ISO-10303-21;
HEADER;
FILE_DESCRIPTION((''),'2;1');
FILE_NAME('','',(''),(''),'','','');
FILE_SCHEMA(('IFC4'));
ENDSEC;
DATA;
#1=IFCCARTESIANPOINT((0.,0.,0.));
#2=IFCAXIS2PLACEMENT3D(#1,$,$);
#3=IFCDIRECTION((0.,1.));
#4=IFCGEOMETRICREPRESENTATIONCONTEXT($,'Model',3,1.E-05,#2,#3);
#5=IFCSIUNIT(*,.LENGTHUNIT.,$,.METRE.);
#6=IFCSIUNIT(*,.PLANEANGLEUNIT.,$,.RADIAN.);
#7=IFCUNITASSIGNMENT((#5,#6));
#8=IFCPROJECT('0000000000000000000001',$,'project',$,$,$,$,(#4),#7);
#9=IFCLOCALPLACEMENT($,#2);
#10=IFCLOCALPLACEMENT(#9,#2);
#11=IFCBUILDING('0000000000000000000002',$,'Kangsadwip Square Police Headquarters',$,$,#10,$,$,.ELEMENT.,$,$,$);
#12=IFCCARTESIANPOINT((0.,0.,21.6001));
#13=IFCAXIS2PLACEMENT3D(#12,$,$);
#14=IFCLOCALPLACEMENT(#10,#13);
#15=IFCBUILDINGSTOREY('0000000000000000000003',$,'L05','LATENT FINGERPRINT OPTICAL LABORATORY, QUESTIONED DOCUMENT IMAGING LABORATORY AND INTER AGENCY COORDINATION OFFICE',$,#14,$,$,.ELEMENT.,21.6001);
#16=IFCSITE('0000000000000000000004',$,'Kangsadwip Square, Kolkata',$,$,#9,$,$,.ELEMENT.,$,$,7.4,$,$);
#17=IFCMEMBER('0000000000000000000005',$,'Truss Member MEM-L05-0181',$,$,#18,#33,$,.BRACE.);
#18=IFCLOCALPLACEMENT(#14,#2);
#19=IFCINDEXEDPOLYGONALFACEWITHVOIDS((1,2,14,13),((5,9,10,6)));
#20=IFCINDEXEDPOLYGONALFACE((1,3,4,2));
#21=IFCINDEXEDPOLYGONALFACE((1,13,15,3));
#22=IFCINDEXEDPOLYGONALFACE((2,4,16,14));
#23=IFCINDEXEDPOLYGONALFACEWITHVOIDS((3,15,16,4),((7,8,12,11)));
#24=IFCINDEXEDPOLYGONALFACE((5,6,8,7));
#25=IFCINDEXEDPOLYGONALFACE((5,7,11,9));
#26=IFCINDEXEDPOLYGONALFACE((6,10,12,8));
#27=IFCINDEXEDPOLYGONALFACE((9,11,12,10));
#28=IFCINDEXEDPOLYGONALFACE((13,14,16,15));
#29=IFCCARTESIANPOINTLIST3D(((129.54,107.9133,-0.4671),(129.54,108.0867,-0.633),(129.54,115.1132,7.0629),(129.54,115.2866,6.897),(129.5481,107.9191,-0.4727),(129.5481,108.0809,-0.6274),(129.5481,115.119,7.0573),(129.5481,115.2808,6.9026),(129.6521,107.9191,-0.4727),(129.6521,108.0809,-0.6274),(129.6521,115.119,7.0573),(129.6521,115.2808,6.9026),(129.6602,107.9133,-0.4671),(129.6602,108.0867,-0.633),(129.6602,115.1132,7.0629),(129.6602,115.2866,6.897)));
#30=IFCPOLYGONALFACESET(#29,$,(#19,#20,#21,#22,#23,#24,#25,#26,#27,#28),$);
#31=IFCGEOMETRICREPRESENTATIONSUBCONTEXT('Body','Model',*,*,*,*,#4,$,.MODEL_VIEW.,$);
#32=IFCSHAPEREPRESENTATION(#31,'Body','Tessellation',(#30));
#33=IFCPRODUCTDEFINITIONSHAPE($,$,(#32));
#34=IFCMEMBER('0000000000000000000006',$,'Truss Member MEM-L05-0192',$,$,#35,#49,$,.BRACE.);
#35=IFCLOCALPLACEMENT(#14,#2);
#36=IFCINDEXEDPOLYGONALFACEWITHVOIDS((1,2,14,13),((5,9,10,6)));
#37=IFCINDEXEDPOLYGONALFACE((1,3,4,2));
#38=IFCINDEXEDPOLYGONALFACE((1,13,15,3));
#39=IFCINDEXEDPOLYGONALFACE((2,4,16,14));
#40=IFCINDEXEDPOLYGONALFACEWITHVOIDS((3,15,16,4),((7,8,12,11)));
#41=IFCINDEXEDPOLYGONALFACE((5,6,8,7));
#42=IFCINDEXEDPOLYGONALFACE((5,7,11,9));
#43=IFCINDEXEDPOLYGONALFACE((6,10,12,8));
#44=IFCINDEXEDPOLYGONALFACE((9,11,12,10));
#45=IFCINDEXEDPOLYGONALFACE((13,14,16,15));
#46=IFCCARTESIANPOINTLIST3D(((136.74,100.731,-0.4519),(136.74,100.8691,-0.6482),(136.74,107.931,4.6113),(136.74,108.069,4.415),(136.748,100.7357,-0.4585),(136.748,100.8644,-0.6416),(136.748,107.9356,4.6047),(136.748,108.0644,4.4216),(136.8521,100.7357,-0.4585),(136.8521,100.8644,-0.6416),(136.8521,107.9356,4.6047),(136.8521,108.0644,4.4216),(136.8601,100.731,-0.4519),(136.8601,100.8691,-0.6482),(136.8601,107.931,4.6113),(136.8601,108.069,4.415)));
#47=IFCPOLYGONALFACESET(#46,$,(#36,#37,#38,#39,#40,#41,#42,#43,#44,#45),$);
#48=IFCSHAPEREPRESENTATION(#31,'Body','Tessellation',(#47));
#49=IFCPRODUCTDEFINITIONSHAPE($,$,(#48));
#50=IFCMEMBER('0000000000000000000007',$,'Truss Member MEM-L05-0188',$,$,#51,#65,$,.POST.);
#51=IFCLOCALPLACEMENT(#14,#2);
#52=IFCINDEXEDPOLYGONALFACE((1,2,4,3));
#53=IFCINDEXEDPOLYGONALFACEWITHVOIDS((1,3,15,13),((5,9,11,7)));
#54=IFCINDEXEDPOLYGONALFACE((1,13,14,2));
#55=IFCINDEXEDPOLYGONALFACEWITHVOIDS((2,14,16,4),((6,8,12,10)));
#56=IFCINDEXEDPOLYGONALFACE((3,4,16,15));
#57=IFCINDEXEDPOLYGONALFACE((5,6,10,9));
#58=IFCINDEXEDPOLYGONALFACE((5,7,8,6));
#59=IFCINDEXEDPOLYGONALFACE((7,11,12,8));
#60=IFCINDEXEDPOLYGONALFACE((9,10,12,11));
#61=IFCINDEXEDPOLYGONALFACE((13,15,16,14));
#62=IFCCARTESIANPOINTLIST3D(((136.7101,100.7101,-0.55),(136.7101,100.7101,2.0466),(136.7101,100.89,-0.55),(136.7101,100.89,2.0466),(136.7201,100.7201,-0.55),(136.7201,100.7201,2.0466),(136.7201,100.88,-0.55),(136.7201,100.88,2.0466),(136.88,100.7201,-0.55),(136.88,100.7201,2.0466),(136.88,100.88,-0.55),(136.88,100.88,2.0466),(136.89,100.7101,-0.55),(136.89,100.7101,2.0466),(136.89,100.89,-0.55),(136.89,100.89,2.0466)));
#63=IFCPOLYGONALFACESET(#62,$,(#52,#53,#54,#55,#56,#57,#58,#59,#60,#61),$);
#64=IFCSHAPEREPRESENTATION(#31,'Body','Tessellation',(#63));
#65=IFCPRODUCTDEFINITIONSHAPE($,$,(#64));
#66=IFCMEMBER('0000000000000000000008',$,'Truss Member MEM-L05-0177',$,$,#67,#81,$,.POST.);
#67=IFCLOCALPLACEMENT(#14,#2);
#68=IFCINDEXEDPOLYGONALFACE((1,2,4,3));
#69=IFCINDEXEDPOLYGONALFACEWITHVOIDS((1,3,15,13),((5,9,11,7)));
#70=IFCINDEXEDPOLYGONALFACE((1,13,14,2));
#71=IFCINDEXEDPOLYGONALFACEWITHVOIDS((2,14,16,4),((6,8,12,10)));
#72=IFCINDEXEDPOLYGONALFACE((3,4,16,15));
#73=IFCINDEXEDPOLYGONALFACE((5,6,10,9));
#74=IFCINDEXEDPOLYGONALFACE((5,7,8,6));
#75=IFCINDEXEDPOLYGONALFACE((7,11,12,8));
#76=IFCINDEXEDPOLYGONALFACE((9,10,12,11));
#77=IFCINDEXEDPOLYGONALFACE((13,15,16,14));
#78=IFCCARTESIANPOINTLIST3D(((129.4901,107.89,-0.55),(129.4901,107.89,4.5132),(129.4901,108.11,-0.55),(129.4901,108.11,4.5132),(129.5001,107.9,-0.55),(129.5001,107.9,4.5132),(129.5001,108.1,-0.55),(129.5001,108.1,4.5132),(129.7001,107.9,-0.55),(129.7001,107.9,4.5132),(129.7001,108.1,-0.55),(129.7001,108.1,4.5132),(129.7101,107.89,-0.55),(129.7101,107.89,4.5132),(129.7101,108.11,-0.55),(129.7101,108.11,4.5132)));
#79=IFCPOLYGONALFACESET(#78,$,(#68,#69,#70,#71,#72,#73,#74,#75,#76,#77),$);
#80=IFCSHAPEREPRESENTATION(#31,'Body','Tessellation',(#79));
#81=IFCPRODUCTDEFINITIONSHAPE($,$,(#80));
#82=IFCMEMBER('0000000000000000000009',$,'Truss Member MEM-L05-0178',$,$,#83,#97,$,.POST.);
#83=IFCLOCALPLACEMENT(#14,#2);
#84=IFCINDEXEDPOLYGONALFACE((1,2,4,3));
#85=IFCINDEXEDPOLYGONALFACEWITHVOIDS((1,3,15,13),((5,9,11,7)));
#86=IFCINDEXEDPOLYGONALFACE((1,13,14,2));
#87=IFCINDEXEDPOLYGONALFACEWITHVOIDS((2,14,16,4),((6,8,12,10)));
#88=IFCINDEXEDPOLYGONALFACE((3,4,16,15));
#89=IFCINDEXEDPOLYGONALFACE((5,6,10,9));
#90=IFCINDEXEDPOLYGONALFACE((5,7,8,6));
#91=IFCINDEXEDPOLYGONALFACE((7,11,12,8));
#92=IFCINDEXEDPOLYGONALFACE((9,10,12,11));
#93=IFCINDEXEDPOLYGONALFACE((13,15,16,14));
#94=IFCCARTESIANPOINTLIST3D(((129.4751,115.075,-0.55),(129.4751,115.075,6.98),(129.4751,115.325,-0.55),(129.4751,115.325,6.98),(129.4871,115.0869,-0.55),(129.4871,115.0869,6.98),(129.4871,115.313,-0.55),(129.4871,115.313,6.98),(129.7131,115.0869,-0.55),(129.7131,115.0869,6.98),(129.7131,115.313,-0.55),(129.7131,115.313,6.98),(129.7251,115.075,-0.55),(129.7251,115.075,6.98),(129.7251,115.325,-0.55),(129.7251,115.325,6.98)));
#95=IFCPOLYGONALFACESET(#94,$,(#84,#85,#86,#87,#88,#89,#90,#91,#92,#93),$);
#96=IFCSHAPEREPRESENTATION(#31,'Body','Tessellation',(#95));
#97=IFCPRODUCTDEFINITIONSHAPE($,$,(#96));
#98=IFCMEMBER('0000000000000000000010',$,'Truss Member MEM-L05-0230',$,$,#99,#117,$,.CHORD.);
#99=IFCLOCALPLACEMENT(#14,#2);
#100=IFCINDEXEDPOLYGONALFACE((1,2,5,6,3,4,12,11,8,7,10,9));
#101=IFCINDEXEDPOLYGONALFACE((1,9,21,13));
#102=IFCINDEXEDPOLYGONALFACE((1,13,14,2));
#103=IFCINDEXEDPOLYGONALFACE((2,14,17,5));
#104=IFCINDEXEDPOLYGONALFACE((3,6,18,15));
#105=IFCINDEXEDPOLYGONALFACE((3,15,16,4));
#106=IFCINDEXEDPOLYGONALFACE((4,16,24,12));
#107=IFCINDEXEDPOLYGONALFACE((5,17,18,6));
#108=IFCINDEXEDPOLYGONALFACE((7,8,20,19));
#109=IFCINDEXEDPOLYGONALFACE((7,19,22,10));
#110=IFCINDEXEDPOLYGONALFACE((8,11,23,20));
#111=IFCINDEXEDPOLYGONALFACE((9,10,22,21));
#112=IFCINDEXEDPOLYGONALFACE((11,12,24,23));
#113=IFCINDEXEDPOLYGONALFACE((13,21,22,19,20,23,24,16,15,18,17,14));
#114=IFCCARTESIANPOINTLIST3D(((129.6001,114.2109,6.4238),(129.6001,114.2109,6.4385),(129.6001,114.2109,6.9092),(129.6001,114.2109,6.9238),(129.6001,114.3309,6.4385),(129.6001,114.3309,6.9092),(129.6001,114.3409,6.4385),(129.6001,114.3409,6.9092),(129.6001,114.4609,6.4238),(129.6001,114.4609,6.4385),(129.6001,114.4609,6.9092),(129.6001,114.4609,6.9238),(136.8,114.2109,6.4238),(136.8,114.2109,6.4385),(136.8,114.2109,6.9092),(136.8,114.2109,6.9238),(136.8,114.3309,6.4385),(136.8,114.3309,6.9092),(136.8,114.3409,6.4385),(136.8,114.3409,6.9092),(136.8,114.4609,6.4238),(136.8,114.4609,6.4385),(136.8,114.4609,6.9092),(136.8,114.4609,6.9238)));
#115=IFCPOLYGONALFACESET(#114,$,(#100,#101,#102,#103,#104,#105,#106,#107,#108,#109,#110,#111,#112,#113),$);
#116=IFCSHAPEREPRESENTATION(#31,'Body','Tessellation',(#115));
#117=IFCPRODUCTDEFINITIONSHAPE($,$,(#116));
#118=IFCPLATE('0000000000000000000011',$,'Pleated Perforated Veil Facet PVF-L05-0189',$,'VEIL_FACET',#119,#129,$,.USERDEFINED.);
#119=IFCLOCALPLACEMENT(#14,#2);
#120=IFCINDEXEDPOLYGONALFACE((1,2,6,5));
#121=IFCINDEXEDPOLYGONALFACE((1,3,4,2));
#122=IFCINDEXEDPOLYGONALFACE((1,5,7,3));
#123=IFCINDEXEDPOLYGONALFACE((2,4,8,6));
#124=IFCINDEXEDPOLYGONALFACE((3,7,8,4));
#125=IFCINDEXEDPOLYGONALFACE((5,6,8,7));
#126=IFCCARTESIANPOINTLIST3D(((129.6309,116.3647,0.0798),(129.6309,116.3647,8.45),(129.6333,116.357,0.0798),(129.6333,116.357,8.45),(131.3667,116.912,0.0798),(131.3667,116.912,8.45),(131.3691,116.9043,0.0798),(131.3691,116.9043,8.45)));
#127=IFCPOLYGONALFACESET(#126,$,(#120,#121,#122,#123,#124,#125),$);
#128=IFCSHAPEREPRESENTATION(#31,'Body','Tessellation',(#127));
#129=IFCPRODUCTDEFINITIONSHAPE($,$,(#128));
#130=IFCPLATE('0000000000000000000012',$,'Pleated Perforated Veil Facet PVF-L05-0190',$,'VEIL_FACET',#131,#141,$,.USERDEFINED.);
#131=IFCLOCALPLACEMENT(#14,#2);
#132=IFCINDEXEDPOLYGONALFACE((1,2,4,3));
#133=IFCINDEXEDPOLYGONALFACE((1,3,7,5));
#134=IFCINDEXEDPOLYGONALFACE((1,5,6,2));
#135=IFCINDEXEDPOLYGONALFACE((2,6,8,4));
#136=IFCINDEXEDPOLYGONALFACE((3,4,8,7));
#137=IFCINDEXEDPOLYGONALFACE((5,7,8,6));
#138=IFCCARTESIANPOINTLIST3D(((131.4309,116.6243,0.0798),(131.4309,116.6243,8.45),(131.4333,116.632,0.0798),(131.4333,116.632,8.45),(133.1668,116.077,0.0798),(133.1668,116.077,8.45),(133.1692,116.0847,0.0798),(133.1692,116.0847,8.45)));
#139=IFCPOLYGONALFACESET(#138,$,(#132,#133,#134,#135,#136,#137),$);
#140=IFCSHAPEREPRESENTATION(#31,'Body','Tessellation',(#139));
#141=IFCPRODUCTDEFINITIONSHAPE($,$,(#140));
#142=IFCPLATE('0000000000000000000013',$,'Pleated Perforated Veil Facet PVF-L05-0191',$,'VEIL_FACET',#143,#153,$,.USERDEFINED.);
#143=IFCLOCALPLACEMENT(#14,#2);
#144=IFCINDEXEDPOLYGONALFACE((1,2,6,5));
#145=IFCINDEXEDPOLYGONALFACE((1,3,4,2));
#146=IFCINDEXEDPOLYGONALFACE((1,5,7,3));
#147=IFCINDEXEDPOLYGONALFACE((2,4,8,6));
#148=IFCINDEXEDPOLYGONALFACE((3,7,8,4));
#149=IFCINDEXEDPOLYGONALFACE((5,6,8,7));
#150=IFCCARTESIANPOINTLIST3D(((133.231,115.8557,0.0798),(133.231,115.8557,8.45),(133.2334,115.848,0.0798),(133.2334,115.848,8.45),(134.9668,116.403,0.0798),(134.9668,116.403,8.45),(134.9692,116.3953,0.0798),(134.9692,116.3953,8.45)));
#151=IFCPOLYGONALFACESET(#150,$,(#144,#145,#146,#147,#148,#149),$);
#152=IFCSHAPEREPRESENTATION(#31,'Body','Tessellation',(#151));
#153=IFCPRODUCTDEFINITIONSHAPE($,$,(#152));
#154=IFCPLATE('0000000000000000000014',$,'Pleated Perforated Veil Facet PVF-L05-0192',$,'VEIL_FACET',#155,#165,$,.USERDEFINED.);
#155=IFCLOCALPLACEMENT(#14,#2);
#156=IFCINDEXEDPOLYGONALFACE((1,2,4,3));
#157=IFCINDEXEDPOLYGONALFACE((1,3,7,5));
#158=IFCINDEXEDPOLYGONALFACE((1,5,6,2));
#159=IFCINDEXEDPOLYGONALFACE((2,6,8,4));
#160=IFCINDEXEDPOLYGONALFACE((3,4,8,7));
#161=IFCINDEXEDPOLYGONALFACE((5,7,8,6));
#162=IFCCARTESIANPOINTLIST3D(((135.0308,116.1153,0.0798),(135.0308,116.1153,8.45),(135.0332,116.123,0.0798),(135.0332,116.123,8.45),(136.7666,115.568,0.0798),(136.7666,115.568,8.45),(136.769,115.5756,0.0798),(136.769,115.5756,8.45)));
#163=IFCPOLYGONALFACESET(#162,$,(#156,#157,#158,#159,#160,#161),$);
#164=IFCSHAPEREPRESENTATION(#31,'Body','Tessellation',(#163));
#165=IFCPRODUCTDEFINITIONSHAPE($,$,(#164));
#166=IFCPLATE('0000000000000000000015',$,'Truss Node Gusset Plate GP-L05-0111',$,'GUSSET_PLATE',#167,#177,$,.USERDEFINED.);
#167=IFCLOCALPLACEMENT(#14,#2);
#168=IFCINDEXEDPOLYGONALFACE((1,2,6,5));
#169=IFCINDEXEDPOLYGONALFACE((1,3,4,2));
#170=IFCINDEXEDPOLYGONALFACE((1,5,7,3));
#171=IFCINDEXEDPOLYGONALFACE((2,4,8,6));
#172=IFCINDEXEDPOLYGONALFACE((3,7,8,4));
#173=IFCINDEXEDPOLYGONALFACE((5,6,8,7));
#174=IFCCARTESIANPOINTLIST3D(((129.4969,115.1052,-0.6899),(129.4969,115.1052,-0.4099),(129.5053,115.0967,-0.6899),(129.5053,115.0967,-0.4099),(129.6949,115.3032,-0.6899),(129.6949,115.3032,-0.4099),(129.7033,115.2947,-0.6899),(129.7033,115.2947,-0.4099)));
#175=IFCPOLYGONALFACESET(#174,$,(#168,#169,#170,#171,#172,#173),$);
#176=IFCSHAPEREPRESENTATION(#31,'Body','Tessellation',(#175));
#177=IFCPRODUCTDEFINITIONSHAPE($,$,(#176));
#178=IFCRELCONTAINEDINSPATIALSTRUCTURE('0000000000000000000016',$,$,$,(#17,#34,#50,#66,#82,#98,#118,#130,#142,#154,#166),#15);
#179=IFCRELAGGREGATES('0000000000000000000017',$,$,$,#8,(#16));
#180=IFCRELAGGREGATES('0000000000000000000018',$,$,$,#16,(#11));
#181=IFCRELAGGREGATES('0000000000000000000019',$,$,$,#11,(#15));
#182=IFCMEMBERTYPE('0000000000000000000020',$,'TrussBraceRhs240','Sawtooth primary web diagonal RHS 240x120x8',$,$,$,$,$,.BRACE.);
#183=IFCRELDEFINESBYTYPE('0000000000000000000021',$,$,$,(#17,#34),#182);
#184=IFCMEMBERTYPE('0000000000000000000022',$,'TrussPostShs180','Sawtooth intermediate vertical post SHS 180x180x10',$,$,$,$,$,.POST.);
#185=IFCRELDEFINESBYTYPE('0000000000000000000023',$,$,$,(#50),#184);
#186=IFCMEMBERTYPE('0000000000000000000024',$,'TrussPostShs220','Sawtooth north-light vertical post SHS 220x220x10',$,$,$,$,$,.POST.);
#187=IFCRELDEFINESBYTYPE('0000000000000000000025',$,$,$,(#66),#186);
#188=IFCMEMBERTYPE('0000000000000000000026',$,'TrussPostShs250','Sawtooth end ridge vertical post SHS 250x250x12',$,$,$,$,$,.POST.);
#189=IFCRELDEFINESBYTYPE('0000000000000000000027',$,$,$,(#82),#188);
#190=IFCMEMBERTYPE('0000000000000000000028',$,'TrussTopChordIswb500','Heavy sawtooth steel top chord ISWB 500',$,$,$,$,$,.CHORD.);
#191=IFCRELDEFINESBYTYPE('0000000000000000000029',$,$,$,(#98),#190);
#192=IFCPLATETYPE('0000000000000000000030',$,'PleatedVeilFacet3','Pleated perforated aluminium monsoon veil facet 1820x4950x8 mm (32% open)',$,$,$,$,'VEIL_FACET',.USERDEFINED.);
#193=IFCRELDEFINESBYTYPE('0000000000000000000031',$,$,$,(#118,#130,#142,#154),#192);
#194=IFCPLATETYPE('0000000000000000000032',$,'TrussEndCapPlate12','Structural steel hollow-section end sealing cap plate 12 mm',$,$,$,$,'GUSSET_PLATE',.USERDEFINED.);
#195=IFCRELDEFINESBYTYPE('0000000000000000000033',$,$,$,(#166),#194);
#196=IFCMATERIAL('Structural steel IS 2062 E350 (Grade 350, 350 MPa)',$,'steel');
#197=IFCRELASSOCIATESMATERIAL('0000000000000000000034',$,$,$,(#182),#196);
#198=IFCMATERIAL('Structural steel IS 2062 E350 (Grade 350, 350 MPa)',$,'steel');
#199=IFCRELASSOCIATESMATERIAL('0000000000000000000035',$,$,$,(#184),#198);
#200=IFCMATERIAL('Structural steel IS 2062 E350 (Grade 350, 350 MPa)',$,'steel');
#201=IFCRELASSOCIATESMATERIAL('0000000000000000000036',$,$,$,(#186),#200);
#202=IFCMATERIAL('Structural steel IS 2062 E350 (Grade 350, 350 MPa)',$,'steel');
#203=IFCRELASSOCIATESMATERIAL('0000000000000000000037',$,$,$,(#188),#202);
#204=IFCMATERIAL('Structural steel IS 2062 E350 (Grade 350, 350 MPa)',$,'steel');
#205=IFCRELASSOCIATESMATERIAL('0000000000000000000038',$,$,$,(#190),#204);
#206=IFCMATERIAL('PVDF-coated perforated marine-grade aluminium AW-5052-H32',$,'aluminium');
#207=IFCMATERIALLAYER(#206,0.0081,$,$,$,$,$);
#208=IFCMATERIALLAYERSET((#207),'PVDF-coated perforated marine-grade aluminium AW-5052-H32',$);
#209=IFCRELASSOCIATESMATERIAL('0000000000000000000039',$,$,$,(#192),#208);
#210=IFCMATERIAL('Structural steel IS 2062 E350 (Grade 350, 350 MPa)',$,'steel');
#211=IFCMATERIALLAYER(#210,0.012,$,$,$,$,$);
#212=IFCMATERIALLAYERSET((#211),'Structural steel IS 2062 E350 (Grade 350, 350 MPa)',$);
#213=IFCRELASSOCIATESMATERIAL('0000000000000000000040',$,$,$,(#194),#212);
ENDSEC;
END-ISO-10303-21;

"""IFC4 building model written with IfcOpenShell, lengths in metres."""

from ifc_helpers import new_model, si_unit, direction, frame, origin, origin_2d, place, context, subcontext, project, spatial, rectangle, hollow_rectangle, i_section, extrude, material, layer, layer_set, material_profile, profile_set, type_object, element, save


model = new_model("IFC4")

# Units and contexts
model_context = context("Model", 3, precision=1e-05, world=origin(), true_north=direction((0.0, 1.0)))
body_context = subcontext(model_context, "Body", "Model", "MODEL_VIEW")
ifc_project = project(units=[si_unit("LENGTHUNIT", "METRE"), si_unit("PLANEANGLEUNIT", "RADIAN")], contexts=[model_context])

# Site, building, storey
site_placement = place(None, origin())
site = spatial("IfcSite", under=ifc_project, at=site_placement, Name="Kangsadwip Square, Kolkata", CompositionType="ELEMENT", RefElevation=7.4)
building_placement = place(site_placement, origin())
building = spatial("IfcBuilding", under=site, at=building_placement, Name="Kangsadwip Square Police Headquarters", CompositionType="ELEMENT")
storey_placement = place(building_placement, frame((0.0, 0.0, 21.6001)))
storey = spatial("IfcBuildingStorey", under=building, at=storey_placement, Name="L05", Description="LATENT FINGERPRINT OPTICAL LABORATORY, QUESTIONED DOCUMENT IMAGING LABORATORY AND INTER AGENCY COORDINATION OFFICE", CompositionType="ELEMENT", Elevation=21.6001)

# Members
ifc_material_1 = material(Name="Structural steel IS 2062 E350 (Grade 350, 350 MPa)", Category="steel")
ifc_material_profile_1 = material_profile(ifc_material_1, hollow_rectangle(XDim=0.1201, YDim=0.24, WallThickness=0.0081, at=origin_2d()), Name="RHS 240X120X8")
ifc_profile_set_1 = profile_set([ifc_material_profile_1], Name="Structural steel IS 2062 E350 (Grade 350, 350 MPa)")
member_type_1 = type_object("IfcMemberType", Name="TrussBraceRhs240", Description="Sawtooth primary web diagonal RHS 240x120x8", PredefinedType="BRACE", material=ifc_profile_set_1)
member_1_placement = place(storey_placement, frame((129.6001, 108.0, -0.55), z_axis=(0.0, 0.691088, 0.722771), x_axis=(-1.0, 0.0, 0.0)))
element("IfcMember", 1, at=member_1_placement, inside=storey, type_object=member_type_1, Name="Truss Member MEM-L05-0181", PredefinedType="BRACE", context=body_context, shape_type="SweptSolid", body=[
    extrude(hollow_rectangle(XDim=0.1201, YDim=0.24, WallThickness=0.0081, at=origin_2d()), origin(), (0.0, 0.0, 1.0), 10.4182),
])
member_2_placement = place(storey_placement, frame((136.8, 100.8, -0.55), z_axis=(0.0, 0.817988, 0.575235), x_axis=(-1.0, 0.0, 0.0)))
element("IfcMember", 2, at=member_2_placement, inside=storey, type_object=member_type_1, Name="Truss Member MEM-L05-0192", PredefinedType="BRACE", context=body_context, shape_type="SweptSolid", body=[
    extrude(hollow_rectangle(XDim=0.1201, YDim=0.24, WallThickness=0.0081, at=origin_2d()), origin(), (0.0, 0.0, 1.0), 8.802),
])
ifc_material_2 = material(Name="Structural steel IS 2062 E350 (Grade 350, 350 MPa)", Category="steel")
ifc_material_profile_2 = material_profile(ifc_material_2, hollow_rectangle(XDim=0.1799, YDim=0.1799, WallThickness=0.01, at=origin_2d()), Name="SHS 180X180X10")
ifc_profile_set_2 = profile_set([ifc_material_profile_2], Name="Structural steel IS 2062 E350 (Grade 350, 350 MPa)")
member_type_2 = type_object("IfcMemberType", Name="TrussPostShs180", Description="Sawtooth intermediate vertical post SHS 180x180x10", PredefinedType="POST", material=ifc_profile_set_2)
member_3_placement = place(storey_placement, frame((136.8, 100.8, -0.55), z_axis=(0.0, 0.0, 1.0), x_axis=(1.0, 0.0, 0.0)))
element("IfcMember", 3, at=member_3_placement, inside=storey, type_object=member_type_2, Name="Truss Member MEM-L05-0188", PredefinedType="POST", context=body_context, shape_type="SweptSolid", body=[
    extrude(hollow_rectangle(XDim=0.1799, YDim=0.1799, WallThickness=0.01, at=origin_2d()), origin(), (0.0, 0.0, 1.0), 2.5967),
])
ifc_material_3 = material(Name="Structural steel IS 2062 E350 (Grade 350, 350 MPa)", Category="steel")
ifc_material_profile_3 = material_profile(ifc_material_3, hollow_rectangle(XDim=0.22, YDim=0.22, WallThickness=0.01, at=origin_2d()), Name="SHS 220X220X10")
ifc_profile_set_3 = profile_set([ifc_material_profile_3], Name="Structural steel IS 2062 E350 (Grade 350, 350 MPa)")
member_type_3 = type_object("IfcMemberType", Name="TrussPostShs220", Description="Sawtooth north-light vertical post SHS 220x220x10", PredefinedType="POST", material=ifc_profile_set_3)
member_4_placement = place(storey_placement, frame((129.6001, 108.0, -0.55), z_axis=(0.0, 0.0, 1.0), x_axis=(1.0, 0.0, 0.0)))
element("IfcMember", 4, at=member_4_placement, inside=storey, type_object=member_type_3, Name="Truss Member MEM-L05-0177", PredefinedType="POST", context=body_context, shape_type="SweptSolid", body=[
    extrude(hollow_rectangle(XDim=0.22, YDim=0.22, WallThickness=0.01, at=origin_2d()), origin(), (0.0, 0.0, 1.0), 5.0632),
])
ifc_material_4 = material(Name="Structural steel IS 2062 E350 (Grade 350, 350 MPa)", Category="steel")
ifc_material_profile_4 = material_profile(ifc_material_4, hollow_rectangle(XDim=0.25, YDim=0.25, WallThickness=0.012, at=origin_2d()), Name="SHS 250X250X12")
ifc_profile_set_4 = profile_set([ifc_material_profile_4], Name="Structural steel IS 2062 E350 (Grade 350, 350 MPa)")
member_type_4 = type_object("IfcMemberType", Name="TrussPostShs250", Description="Sawtooth end ridge vertical post SHS 250x250x12", PredefinedType="POST", material=ifc_profile_set_4)
member_5_placement = place(storey_placement, frame((129.6001, 115.2, -0.55), z_axis=(0.0, 0.0, 1.0), x_axis=(1.0, 0.0, 0.0)))
element("IfcMember", 5, at=member_5_placement, inside=storey, type_object=member_type_4, Name="Truss Member MEM-L05-0178", PredefinedType="POST", context=body_context, shape_type="SweptSolid", body=[
    extrude(hollow_rectangle(XDim=0.25, YDim=0.25, WallThickness=0.012, at=origin_2d()), origin(), (0.0, 0.0, 1.0), 7.53),
])
ifc_material_5 = material(Name="Structural steel IS 2062 E350 (Grade 350, 350 MPa)", Category="steel")
ifc_material_profile_5 = material_profile(ifc_material_5, i_section(OverallWidth=0.25, OverallDepth=0.5, WebThickness=0.01, FlangeThickness=0.0146, at=origin_2d()), Name="ISWB 500")
ifc_profile_set_5 = profile_set([ifc_material_profile_5], Name="Structural steel IS 2062 E350 (Grade 350, 350 MPa)")
member_type_5 = type_object("IfcMemberType", Name="TrussTopChordIswb500", Description="Heavy sawtooth steel top chord ISWB 500", PredefinedType="CHORD", material=ifc_profile_set_5)
member_6_placement = place(storey_placement, frame((129.6001, 114.3359, 6.6738), z_axis=(1.0, 0.0, 0.0), x_axis=(0.0, 1.0, 0.0)))
element("IfcMember", 6, at=member_6_placement, inside=storey, type_object=member_type_5, Name="Truss Member MEM-L05-0230", PredefinedType="CHORD", context=body_context, shape_type="SweptSolid", body=[
    extrude(i_section(OverallWidth=0.25, OverallDepth=0.5, WebThickness=0.01, FlangeThickness=0.0146, at=origin_2d()), origin(), (0.0, 0.0, 1.0), 7.2),
])

# Plates
ifc_material_6 = material(Name="PVDF-coated perforated marine-grade aluminium AW-5052-H32", Category="aluminium")
ifc_layer_1 = layer(ifc_material_6, 0.0081)
ifc_layer_set_1 = layer_set([ifc_layer_1], Name="PVDF-coated perforated marine-grade aluminium AW-5052-H32")
plate_type_1 = type_object("IfcPlateType", Name="PleatedVeilFacet3", Description="Pleated perforated aluminium monsoon veil facet 1820x4950x8 mm (32% open)", ElementType="VEIL_FACET", PredefinedType="USERDEFINED", material=ifc_layer_set_1)
for number, where, z_axis, x_axis, name in (
    (7, (130.5, 116.6345, 0.0798), (0.0, 0.0, 1.0), (0.953717, 0.300706, 0.0), "Pleated Perforated Veil Facet PVF-L05-0189"),
    (8, (132.3, 116.3545, 0.0798), (0.0, 0.0, 1.0), (0.953717, -0.300706, 0.0), "Pleated Perforated Veil Facet PVF-L05-0190"),
    (9, (134.1001, 116.1255, 0.0798), (0.0, 0.0, 1.0), (0.953717, 0.300706, 0.0), "Pleated Perforated Veil Facet PVF-L05-0191"),
    (10, (135.8999, 115.8455, 0.0798), (0.0, 0.0, 1.0), (0.953717, -0.300706, 0.0), "Pleated Perforated Veil Facet PVF-L05-0192"),
):
    element("IfcPlate", number, at=place(storey_placement, frame(where, z_axis=z_axis, x_axis=x_axis)), inside=storey, type_object=plate_type_1, Name=name, ObjectType="VEIL_FACET", PredefinedType="USERDEFINED", context=body_context, shape_type="SweptSolid", body=[
        extrude(rectangle(XDim=1.8201, YDim=0.0081, at=origin_2d()), origin(), (0.0, 0.0, 1.0), 8.3701),
    ])
ifc_material_7 = material(Name="Structural steel IS 2062 E350 (Grade 350, 350 MPa)", Category="steel")
ifc_layer_2 = layer(ifc_material_7, 0.012)
ifc_layer_set_2 = layer_set([ifc_layer_2], Name="Structural steel IS 2062 E350 (Grade 350, 350 MPa)")
plate_type_2 = type_object("IfcPlateType", Name="TrussEndCapPlate12", Description="Structural steel hollow-section end sealing cap plate 12 mm", ElementType="GUSSET_PLATE", PredefinedType="USERDEFINED", material=ifc_layer_set_2)
plate_placement = place(storey_placement, frame((129.6001, 115.2, -0.6899), z_axis=(0.0, 0.0, 1.0), x_axis=(0.707107, 0.707107, 0.0)))
element("IfcPlate", 11, at=plate_placement, inside=storey, type_object=plate_type_2, Name="Truss Node Gusset Plate GP-L05-0111", ObjectType="GUSSET_PLATE", PredefinedType="USERDEFINED", context=body_context, shape_type="SweptSolid", body=[
    extrude(rectangle(XDim=0.28, YDim=0.012, at=origin_2d()), origin(), (0.0, 0.0, 1.0), 0.28),
])

save(model, "model.ifc")
